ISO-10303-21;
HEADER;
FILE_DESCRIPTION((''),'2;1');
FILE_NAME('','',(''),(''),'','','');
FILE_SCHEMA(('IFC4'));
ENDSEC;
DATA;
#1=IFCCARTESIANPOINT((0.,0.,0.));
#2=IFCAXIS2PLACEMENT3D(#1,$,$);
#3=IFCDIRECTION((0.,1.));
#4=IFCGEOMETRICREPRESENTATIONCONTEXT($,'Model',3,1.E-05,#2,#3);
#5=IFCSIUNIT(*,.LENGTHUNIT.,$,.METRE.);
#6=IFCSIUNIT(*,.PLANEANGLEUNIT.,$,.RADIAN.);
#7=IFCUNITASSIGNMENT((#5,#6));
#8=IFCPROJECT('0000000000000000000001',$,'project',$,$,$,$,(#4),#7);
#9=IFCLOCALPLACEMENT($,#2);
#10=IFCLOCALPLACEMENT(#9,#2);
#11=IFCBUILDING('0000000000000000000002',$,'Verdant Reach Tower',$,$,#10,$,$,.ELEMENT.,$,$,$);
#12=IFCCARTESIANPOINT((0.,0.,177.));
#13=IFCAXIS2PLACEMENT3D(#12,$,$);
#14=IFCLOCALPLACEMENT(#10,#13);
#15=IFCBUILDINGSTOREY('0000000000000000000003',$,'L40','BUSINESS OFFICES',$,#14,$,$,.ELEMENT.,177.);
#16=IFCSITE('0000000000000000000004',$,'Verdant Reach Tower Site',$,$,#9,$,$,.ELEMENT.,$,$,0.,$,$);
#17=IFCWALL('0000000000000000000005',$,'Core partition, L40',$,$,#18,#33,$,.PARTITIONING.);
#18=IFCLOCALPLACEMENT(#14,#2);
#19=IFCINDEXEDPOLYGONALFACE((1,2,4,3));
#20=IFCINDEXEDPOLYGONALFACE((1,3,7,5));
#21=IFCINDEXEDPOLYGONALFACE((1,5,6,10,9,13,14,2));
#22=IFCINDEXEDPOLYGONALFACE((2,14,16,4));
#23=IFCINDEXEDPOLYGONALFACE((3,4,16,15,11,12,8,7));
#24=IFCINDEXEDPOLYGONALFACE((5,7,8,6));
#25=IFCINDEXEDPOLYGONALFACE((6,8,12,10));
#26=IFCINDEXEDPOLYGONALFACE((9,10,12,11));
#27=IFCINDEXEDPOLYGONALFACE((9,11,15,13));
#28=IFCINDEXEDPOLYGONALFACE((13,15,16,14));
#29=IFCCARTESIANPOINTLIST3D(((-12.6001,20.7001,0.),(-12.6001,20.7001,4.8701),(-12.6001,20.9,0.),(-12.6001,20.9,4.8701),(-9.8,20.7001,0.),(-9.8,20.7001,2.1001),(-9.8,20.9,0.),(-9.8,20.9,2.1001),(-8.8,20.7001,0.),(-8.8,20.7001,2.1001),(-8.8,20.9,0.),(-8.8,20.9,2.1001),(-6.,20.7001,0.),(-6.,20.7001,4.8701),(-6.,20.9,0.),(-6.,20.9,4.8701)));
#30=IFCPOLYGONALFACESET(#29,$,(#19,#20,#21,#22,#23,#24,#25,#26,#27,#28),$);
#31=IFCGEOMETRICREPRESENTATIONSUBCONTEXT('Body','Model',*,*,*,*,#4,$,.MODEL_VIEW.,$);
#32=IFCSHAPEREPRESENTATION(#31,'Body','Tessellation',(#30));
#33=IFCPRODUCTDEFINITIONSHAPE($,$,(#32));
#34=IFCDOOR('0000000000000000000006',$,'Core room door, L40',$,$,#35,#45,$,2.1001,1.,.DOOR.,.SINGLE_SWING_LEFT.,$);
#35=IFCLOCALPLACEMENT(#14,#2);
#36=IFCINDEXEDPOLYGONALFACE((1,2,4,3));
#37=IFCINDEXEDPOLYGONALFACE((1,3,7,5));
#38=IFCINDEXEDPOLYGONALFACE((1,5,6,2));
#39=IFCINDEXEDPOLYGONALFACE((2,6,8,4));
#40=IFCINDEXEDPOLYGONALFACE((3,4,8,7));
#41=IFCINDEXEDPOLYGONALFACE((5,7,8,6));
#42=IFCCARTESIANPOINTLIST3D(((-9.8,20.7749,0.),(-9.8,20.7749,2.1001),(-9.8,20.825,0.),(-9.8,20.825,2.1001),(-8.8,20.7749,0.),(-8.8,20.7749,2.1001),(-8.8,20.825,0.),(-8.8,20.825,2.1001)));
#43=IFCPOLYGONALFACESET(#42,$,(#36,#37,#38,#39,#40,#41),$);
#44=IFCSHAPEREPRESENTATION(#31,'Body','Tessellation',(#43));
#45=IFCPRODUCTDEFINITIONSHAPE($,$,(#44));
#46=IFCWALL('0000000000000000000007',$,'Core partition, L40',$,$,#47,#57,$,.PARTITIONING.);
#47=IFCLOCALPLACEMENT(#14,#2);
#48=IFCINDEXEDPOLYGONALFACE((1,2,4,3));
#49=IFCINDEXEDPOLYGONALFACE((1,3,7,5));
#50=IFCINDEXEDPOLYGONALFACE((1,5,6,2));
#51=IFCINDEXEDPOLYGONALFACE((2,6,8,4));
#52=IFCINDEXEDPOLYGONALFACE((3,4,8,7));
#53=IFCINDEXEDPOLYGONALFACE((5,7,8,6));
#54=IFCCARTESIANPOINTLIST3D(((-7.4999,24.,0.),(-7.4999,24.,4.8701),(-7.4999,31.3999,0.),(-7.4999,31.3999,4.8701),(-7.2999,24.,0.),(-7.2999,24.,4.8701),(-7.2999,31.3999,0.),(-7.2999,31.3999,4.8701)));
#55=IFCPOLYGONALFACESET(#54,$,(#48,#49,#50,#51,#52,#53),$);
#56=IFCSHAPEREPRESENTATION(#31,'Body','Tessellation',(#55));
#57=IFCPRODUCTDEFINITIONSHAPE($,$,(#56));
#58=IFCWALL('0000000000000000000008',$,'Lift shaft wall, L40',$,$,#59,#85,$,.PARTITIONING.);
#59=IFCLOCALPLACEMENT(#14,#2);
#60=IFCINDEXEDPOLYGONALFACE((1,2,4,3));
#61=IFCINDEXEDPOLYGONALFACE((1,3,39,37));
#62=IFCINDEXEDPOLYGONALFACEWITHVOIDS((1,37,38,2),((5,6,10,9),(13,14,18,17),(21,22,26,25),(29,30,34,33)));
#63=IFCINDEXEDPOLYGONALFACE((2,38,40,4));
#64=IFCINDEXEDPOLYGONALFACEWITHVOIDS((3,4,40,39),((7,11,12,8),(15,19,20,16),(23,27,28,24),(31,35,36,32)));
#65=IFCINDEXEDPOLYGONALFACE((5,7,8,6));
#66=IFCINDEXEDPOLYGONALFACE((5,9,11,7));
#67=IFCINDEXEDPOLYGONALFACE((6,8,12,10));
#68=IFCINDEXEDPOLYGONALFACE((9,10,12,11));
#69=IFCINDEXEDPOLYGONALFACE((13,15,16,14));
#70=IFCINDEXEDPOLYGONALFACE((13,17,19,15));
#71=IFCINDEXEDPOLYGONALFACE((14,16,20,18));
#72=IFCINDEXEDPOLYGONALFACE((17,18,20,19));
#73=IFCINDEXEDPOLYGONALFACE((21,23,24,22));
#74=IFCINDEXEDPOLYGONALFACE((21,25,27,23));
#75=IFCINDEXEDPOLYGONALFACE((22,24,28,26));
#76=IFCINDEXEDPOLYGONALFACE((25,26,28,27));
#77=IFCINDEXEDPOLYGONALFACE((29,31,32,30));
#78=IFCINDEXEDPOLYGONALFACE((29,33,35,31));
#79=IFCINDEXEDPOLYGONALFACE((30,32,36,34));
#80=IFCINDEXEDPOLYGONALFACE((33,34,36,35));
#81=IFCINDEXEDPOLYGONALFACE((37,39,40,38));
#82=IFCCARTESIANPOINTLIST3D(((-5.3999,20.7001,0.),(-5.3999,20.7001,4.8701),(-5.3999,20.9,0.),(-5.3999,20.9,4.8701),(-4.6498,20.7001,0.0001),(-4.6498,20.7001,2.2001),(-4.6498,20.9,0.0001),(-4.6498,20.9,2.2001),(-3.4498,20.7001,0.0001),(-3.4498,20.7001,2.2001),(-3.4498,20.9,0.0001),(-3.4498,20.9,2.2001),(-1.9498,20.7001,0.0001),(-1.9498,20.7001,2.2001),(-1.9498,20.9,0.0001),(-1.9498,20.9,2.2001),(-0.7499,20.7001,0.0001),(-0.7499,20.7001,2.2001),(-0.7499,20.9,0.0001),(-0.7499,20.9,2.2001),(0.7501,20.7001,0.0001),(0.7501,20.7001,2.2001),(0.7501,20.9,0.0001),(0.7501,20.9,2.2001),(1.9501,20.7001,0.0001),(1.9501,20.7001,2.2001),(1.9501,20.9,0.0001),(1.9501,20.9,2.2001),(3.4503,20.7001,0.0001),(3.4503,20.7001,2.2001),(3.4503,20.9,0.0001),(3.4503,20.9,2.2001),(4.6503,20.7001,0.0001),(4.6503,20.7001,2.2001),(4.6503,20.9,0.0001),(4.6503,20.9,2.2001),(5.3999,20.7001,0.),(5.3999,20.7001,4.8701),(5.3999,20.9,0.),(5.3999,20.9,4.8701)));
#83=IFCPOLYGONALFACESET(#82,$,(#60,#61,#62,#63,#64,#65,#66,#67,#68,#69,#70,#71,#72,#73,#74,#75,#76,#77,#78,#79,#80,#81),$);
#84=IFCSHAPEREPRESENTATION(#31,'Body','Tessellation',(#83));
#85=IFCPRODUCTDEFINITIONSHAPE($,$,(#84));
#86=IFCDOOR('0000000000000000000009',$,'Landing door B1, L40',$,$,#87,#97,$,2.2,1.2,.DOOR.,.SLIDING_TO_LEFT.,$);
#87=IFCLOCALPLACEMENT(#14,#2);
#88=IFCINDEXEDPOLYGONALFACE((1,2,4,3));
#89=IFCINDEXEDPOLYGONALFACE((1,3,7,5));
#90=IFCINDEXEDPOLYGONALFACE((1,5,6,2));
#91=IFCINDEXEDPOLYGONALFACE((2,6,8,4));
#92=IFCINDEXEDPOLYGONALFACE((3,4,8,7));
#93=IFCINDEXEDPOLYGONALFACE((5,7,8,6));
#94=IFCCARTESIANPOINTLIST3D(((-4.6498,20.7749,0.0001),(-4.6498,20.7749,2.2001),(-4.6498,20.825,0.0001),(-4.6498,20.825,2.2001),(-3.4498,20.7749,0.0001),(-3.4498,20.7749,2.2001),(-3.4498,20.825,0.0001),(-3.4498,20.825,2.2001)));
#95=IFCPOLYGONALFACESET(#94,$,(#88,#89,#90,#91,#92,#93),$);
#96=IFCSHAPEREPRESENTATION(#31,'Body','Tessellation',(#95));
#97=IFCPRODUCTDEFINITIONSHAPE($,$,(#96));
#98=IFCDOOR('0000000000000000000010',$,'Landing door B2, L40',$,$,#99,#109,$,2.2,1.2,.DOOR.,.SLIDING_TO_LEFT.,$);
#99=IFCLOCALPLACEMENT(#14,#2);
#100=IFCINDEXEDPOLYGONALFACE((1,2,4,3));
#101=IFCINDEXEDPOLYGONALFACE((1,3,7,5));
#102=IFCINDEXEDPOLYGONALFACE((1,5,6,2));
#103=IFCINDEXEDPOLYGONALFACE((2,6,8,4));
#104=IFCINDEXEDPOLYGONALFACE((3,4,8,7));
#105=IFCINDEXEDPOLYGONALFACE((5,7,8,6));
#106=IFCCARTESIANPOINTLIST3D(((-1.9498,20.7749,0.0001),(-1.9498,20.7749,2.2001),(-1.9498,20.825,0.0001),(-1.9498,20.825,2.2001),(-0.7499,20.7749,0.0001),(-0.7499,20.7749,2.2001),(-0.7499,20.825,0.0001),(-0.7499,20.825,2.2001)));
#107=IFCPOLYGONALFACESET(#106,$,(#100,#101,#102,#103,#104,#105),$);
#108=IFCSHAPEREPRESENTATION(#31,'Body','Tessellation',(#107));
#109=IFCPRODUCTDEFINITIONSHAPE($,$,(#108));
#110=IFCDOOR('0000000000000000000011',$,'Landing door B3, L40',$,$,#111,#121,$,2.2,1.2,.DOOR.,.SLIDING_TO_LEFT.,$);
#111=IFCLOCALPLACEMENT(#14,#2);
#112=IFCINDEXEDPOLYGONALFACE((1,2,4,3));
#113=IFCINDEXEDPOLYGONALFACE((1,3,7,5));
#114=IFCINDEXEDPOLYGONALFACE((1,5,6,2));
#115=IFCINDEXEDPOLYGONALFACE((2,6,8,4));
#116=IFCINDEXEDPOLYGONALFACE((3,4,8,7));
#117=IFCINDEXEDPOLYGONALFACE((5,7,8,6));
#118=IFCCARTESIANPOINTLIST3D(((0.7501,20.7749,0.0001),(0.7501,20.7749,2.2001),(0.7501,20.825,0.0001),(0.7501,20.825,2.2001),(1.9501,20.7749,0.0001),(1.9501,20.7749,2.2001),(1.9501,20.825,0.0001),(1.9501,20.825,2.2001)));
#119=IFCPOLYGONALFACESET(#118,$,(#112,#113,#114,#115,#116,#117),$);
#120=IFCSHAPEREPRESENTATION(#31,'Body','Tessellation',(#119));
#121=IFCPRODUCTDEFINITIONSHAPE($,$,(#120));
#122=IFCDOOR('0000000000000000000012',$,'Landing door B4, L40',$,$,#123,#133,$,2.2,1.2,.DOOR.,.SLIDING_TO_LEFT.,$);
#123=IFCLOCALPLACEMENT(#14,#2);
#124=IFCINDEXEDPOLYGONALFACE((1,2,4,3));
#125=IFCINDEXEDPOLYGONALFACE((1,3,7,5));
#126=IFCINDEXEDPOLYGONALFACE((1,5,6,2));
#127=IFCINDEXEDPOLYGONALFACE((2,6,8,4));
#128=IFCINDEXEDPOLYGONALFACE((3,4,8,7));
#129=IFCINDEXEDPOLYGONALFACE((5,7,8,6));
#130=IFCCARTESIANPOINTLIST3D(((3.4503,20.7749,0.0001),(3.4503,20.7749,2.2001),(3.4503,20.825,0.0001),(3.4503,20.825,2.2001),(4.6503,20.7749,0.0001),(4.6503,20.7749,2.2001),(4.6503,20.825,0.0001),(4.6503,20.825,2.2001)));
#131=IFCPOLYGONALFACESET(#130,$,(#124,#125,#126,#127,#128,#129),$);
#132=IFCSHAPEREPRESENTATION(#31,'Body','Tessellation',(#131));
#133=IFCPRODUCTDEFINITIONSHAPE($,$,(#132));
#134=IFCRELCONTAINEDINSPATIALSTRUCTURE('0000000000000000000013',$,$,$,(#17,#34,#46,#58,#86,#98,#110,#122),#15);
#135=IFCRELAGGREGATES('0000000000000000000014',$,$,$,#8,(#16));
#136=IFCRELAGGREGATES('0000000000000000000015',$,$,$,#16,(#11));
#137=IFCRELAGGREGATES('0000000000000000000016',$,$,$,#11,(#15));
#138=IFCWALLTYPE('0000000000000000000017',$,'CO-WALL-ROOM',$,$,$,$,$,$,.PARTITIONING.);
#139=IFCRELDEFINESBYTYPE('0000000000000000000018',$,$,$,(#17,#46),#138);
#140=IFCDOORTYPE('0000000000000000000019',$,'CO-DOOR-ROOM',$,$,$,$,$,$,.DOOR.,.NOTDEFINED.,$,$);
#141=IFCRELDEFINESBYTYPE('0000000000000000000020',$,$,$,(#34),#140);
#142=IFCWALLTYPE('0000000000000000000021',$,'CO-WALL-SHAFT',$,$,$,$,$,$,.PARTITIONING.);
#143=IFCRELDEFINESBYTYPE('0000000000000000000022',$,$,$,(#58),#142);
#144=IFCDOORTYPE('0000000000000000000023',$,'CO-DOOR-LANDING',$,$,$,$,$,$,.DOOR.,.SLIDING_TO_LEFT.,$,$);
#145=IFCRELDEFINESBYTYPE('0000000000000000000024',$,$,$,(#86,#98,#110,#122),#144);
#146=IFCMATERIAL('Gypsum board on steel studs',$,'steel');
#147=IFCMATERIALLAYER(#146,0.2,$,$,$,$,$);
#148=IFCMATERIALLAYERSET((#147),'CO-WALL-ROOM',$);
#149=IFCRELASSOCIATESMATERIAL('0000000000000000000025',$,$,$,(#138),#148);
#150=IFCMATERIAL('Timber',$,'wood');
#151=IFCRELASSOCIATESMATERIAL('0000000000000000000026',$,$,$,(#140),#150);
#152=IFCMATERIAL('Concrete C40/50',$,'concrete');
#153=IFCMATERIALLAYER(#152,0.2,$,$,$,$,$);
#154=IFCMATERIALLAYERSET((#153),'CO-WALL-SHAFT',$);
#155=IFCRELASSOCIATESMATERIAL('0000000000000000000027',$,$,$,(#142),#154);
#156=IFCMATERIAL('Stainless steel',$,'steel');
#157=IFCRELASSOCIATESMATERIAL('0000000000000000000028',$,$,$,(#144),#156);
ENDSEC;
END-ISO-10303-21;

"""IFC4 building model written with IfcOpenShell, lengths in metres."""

from ifc_helpers import new_model, si_unit, direction, frame, frame_2d, origin, place, context, subcontext, project, spatial, rectangle, extrude, material, layer, layer_set, type_object, element, fill, save


model = new_model("IFC4")

# Units and contexts
model_context = context("Model", 3, precision=1e-05, world=origin(), true_north=direction((0.0, 1.0)))
body_context = subcontext(model_context, "Body", "Model", "MODEL_VIEW")
ifc_project = project(units=[si_unit("LENGTHUNIT", "METRE"), si_unit("PLANEANGLEUNIT", "RADIAN")], contexts=[model_context])

# Site, building, storey
site_placement = place(None, origin())
site = spatial("IfcSite", under=ifc_project, at=site_placement, Name="Verdant Reach Tower Site", CompositionType="ELEMENT", RefElevation=0.0)
building_placement = place(site_placement, origin())
building = spatial("IfcBuilding", under=site, at=building_placement, Name="Verdant Reach Tower", CompositionType="ELEMENT")
storey_placement = place(building_placement, frame((0.0, 0.0, 177.0)))
storey = spatial("IfcBuildingStorey", under=building, at=storey_placement, Name="L40", Description="BUSINESS OFFICES", CompositionType="ELEMENT", Elevation=177.0)

# Wall, opening, door
ifc_material_1 = material(Name="Gypsum board on steel studs", Category="steel")
ifc_layer_1 = layer(ifc_material_1, 0.2)
ifc_layer_set_1 = layer_set([ifc_layer_1], Name="CO-WALL-ROOM")
wall_type_1 = type_object("IfcWallType", Name="CO-WALL-ROOM", PredefinedType="PARTITIONING", material=ifc_layer_set_1)
wall_1_placement = place(storey_placement, frame((-12.6001, 20.8, 0.0), z_axis=(0.0, 0.0, 1.0), x_axis=(1.0, 0.0, 0.0)))
wall_1 = element("IfcWall", 1, at=wall_1_placement, inside=storey, type_object=wall_type_1, Name="Core partition, L40", PredefinedType="PARTITIONING", context=body_context, shape_type="SweptSolid", body=[
    extrude(rectangle(XDim=6.6001, YDim=0.2, at=frame_2d((3.3, 0.0))), origin(), (0.0, 0.0, 1.0), 4.8701),
])
opening_1_placement = place(wall_1_placement, frame((2.8, 0.0, 0.0)))
opening_1 = element("IfcOpeningElement", 2, at=opening_1_placement, cuts=wall_1, PredefinedType="OPENING", context=body_context, shape_type="SweptSolid", body=[
    extrude(rectangle(XDim=1.0, YDim=2.1001, at=frame_2d((0.5, 1.05))), frame((0.0, 0.1099, 0.0), z_axis=(0.0, -1.0, 0.0), x_axis=(1.0, 0.0, 0.0)), (0.0, 0.0, 1.0), 0.22),
])
ifc_material_2 = material(Name="Timber", Category="wood")
door_type_1 = type_object("IfcDoorType", Name="CO-DOOR-ROOM", OperationType="NOTDEFINED", PredefinedType="DOOR", material=ifc_material_2)
door_1_placement = place(opening_1_placement, origin())
door_1 = element("IfcDoor", 3, at=door_1_placement, inside=storey, type_object=door_type_1, Name="Core room door, L40", OperationType="SINGLE_SWING_LEFT", OverallHeight=2.1001, OverallWidth=1.0, PredefinedType="DOOR", context=body_context, shape_type="SweptSolid", body=[
    extrude(rectangle(XDim=1.0, YDim=2.1001, at=frame_2d((0.5, 1.05))), frame((0.0, 0.0249, 0.0), z_axis=(0.0, -1.0, 0.0), x_axis=(1.0, 0.0, 0.0)), (0.0, 0.0, 1.0), 0.05),
])
fill(opening_1, door_1)

# Wall
wall_2_placement = place(storey_placement, frame((-7.3999, 24.0, 0.0), z_axis=(0.0, 0.0, 1.0), x_axis=(0.0, 1.0, 0.0)))
element("IfcWall", 4, at=wall_2_placement, inside=storey, type_object=wall_type_1, Name="Core partition, L40", PredefinedType="PARTITIONING", context=body_context, shape_type="SweptSolid", body=[
    extrude(rectangle(XDim=7.3999, YDim=0.2, at=frame_2d((3.7, 0.0))), origin(), (0.0, 0.0, 1.0), 4.8701),
])

# Wall, openings, doors
ifc_material_3 = material(Name="Concrete C40/50", Category="concrete")
ifc_layer_2 = layer(ifc_material_3, 0.2)
ifc_layer_set_2 = layer_set([ifc_layer_2], Name="CO-WALL-SHAFT")
wall_type_2 = type_object("IfcWallType", Name="CO-WALL-SHAFT", PredefinedType="PARTITIONING", material=ifc_layer_set_2)
wall_3_placement = place(storey_placement, frame((-5.3999, 20.8, 0.0), z_axis=(0.0, 0.0, 1.0), x_axis=(1.0, 0.0, 0.0)))
wall_3 = element("IfcWall", 5, at=wall_3_placement, inside=storey, type_object=wall_type_2, Name="Lift shaft wall, L40", PredefinedType="PARTITIONING", context=body_context, shape_type="SweptSolid", body=[
    extrude(rectangle(XDim=10.7998, YDim=0.2, at=frame_2d((5.3999, 0.0))), origin(), (0.0, 0.0, 1.0), 4.8701),
])
opening_2_placement = place(wall_3_placement, frame((0.75, 0.0, 0.0)))
opening_2 = element("IfcOpeningElement", 6, at=opening_2_placement, cuts=wall_3, PredefinedType="OPENING", context=body_context, shape_type="SweptSolid", body=[
    extrude(rectangle(XDim=1.2, YDim=2.2, at=frame_2d((0.6001, 1.1001))), frame((0.0, 0.1099, 0.0), z_axis=(0.0, -1.0, 0.0), x_axis=(1.0, 0.0, 0.0)), (0.0, 0.0, 1.0), 0.22),
])
opening_3_placement = place(wall_3_placement, frame((3.45, 0.0, 0.0)))
opening_3 = element("IfcOpeningElement", 7, at=opening_3_placement, cuts=wall_3, PredefinedType="OPENING", context=body_context, shape_type="SweptSolid", body=[
    extrude(rectangle(XDim=1.2, YDim=2.2, at=frame_2d((0.6001, 1.1001))), frame((0.0, 0.1099, 0.0), z_axis=(0.0, -1.0, 0.0), x_axis=(1.0, 0.0, 0.0)), (0.0, 0.0, 1.0), 0.22),
])
opening_4_placement = place(wall_3_placement, frame((6.1499, 0.0, 0.0)))
opening_4 = element("IfcOpeningElement", 8, at=opening_4_placement, cuts=wall_3, PredefinedType="OPENING", context=body_context, shape_type="SweptSolid", body=[
    extrude(rectangle(XDim=1.2, YDim=2.2, at=frame_2d((0.6001, 1.1001))), frame((0.0, 0.1099, 0.0), z_axis=(0.0, -1.0, 0.0), x_axis=(1.0, 0.0, 0.0)), (0.0, 0.0, 1.0), 0.22),
])
opening_5_placement = place(wall_3_placement, frame((8.8501, 0.0, 0.0)))
opening_5 = element("IfcOpeningElement", 9, at=opening_5_placement, cuts=wall_3, PredefinedType="OPENING", context=body_context, shape_type="SweptSolid", body=[
    extrude(rectangle(XDim=1.2, YDim=2.2, at=frame_2d((0.6001, 1.1001))), frame((0.0, 0.1099, 0.0), z_axis=(0.0, -1.0, 0.0), x_axis=(1.0, 0.0, 0.0)), (0.0, 0.0, 1.0), 0.22),
])
ifc_material_4 = material(Name="Stainless steel", Category="steel")
door_type_2 = type_object("IfcDoorType", Name="CO-DOOR-LANDING", OperationType="SLIDING_TO_LEFT", PredefinedType="DOOR", material=ifc_material_4)
door_2_placement = place(opening_2_placement, origin())
door_2 = element("IfcDoor", 10, at=door_2_placement, inside=storey, type_object=door_type_2, Name="Landing door B1, L40", OperationType="SLIDING_TO_LEFT", OverallHeight=2.2, OverallWidth=1.2, PredefinedType="DOOR", context=body_context, shape_type="SweptSolid", body=[
    extrude(rectangle(XDim=1.2, YDim=2.2, at=frame_2d((0.6001, 1.1001))), frame((0.0, 0.0249, 0.0), z_axis=(0.0, -1.0, 0.0), x_axis=(1.0, 0.0, 0.0)), (0.0, 0.0, 1.0), 0.05),
])
fill(opening_2, door_2)
door_3_placement = place(opening_3_placement, origin())
door_3 = element("IfcDoor", 11, at=door_3_placement, inside=storey, type_object=door_type_2, Name="Landing door B2, L40", OperationType="SLIDING_TO_LEFT", OverallHeight=2.2, OverallWidth=1.2, PredefinedType="DOOR", context=body_context, shape_type="SweptSolid", body=[
    extrude(rectangle(XDim=1.2, YDim=2.2, at=frame_2d((0.6001, 1.1001))), frame((0.0, 0.0249, 0.0), z_axis=(0.0, -1.0, 0.0), x_axis=(1.0, 0.0, 0.0)), (0.0, 0.0, 1.0), 0.05),
])
fill(opening_3, door_3)
door_4_placement = place(opening_4_placement, origin())
door_4 = element("IfcDoor", 12, at=door_4_placement, inside=storey, type_object=door_type_2, Name="Landing door B3, L40", OperationType="SLIDING_TO_LEFT", OverallHeight=2.2, OverallWidth=1.2, PredefinedType="DOOR", context=body_context, shape_type="SweptSolid", body=[
    extrude(rectangle(XDim=1.2, YDim=2.2, at=frame_2d((0.6001, 1.1001))), frame((0.0, 0.0249, 0.0), z_axis=(0.0, -1.0, 0.0), x_axis=(1.0, 0.0, 0.0)), (0.0, 0.0, 1.0), 0.05),
])
fill(opening_4, door_4)
door_5_placement = place(opening_5_placement, origin())
door_5 = element("IfcDoor", 13, at=door_5_placement, inside=storey, type_object=door_type_2, Name="Landing door B4, L40", OperationType="SLIDING_TO_LEFT", OverallHeight=2.2, OverallWidth=1.2, PredefinedType="DOOR", context=body_context, shape_type="SweptSolid", body=[
    extrude(rectangle(XDim=1.2, YDim=2.2, at=frame_2d((0.6001, 1.1001))), frame((0.0, 0.0249, 0.0), z_axis=(0.0, -1.0, 0.0), x_axis=(1.0, 0.0, 0.0)), (0.0, 0.0, 1.0), 0.05),
])
fill(opening_5, door_5)

save(model, "model.ifc")
